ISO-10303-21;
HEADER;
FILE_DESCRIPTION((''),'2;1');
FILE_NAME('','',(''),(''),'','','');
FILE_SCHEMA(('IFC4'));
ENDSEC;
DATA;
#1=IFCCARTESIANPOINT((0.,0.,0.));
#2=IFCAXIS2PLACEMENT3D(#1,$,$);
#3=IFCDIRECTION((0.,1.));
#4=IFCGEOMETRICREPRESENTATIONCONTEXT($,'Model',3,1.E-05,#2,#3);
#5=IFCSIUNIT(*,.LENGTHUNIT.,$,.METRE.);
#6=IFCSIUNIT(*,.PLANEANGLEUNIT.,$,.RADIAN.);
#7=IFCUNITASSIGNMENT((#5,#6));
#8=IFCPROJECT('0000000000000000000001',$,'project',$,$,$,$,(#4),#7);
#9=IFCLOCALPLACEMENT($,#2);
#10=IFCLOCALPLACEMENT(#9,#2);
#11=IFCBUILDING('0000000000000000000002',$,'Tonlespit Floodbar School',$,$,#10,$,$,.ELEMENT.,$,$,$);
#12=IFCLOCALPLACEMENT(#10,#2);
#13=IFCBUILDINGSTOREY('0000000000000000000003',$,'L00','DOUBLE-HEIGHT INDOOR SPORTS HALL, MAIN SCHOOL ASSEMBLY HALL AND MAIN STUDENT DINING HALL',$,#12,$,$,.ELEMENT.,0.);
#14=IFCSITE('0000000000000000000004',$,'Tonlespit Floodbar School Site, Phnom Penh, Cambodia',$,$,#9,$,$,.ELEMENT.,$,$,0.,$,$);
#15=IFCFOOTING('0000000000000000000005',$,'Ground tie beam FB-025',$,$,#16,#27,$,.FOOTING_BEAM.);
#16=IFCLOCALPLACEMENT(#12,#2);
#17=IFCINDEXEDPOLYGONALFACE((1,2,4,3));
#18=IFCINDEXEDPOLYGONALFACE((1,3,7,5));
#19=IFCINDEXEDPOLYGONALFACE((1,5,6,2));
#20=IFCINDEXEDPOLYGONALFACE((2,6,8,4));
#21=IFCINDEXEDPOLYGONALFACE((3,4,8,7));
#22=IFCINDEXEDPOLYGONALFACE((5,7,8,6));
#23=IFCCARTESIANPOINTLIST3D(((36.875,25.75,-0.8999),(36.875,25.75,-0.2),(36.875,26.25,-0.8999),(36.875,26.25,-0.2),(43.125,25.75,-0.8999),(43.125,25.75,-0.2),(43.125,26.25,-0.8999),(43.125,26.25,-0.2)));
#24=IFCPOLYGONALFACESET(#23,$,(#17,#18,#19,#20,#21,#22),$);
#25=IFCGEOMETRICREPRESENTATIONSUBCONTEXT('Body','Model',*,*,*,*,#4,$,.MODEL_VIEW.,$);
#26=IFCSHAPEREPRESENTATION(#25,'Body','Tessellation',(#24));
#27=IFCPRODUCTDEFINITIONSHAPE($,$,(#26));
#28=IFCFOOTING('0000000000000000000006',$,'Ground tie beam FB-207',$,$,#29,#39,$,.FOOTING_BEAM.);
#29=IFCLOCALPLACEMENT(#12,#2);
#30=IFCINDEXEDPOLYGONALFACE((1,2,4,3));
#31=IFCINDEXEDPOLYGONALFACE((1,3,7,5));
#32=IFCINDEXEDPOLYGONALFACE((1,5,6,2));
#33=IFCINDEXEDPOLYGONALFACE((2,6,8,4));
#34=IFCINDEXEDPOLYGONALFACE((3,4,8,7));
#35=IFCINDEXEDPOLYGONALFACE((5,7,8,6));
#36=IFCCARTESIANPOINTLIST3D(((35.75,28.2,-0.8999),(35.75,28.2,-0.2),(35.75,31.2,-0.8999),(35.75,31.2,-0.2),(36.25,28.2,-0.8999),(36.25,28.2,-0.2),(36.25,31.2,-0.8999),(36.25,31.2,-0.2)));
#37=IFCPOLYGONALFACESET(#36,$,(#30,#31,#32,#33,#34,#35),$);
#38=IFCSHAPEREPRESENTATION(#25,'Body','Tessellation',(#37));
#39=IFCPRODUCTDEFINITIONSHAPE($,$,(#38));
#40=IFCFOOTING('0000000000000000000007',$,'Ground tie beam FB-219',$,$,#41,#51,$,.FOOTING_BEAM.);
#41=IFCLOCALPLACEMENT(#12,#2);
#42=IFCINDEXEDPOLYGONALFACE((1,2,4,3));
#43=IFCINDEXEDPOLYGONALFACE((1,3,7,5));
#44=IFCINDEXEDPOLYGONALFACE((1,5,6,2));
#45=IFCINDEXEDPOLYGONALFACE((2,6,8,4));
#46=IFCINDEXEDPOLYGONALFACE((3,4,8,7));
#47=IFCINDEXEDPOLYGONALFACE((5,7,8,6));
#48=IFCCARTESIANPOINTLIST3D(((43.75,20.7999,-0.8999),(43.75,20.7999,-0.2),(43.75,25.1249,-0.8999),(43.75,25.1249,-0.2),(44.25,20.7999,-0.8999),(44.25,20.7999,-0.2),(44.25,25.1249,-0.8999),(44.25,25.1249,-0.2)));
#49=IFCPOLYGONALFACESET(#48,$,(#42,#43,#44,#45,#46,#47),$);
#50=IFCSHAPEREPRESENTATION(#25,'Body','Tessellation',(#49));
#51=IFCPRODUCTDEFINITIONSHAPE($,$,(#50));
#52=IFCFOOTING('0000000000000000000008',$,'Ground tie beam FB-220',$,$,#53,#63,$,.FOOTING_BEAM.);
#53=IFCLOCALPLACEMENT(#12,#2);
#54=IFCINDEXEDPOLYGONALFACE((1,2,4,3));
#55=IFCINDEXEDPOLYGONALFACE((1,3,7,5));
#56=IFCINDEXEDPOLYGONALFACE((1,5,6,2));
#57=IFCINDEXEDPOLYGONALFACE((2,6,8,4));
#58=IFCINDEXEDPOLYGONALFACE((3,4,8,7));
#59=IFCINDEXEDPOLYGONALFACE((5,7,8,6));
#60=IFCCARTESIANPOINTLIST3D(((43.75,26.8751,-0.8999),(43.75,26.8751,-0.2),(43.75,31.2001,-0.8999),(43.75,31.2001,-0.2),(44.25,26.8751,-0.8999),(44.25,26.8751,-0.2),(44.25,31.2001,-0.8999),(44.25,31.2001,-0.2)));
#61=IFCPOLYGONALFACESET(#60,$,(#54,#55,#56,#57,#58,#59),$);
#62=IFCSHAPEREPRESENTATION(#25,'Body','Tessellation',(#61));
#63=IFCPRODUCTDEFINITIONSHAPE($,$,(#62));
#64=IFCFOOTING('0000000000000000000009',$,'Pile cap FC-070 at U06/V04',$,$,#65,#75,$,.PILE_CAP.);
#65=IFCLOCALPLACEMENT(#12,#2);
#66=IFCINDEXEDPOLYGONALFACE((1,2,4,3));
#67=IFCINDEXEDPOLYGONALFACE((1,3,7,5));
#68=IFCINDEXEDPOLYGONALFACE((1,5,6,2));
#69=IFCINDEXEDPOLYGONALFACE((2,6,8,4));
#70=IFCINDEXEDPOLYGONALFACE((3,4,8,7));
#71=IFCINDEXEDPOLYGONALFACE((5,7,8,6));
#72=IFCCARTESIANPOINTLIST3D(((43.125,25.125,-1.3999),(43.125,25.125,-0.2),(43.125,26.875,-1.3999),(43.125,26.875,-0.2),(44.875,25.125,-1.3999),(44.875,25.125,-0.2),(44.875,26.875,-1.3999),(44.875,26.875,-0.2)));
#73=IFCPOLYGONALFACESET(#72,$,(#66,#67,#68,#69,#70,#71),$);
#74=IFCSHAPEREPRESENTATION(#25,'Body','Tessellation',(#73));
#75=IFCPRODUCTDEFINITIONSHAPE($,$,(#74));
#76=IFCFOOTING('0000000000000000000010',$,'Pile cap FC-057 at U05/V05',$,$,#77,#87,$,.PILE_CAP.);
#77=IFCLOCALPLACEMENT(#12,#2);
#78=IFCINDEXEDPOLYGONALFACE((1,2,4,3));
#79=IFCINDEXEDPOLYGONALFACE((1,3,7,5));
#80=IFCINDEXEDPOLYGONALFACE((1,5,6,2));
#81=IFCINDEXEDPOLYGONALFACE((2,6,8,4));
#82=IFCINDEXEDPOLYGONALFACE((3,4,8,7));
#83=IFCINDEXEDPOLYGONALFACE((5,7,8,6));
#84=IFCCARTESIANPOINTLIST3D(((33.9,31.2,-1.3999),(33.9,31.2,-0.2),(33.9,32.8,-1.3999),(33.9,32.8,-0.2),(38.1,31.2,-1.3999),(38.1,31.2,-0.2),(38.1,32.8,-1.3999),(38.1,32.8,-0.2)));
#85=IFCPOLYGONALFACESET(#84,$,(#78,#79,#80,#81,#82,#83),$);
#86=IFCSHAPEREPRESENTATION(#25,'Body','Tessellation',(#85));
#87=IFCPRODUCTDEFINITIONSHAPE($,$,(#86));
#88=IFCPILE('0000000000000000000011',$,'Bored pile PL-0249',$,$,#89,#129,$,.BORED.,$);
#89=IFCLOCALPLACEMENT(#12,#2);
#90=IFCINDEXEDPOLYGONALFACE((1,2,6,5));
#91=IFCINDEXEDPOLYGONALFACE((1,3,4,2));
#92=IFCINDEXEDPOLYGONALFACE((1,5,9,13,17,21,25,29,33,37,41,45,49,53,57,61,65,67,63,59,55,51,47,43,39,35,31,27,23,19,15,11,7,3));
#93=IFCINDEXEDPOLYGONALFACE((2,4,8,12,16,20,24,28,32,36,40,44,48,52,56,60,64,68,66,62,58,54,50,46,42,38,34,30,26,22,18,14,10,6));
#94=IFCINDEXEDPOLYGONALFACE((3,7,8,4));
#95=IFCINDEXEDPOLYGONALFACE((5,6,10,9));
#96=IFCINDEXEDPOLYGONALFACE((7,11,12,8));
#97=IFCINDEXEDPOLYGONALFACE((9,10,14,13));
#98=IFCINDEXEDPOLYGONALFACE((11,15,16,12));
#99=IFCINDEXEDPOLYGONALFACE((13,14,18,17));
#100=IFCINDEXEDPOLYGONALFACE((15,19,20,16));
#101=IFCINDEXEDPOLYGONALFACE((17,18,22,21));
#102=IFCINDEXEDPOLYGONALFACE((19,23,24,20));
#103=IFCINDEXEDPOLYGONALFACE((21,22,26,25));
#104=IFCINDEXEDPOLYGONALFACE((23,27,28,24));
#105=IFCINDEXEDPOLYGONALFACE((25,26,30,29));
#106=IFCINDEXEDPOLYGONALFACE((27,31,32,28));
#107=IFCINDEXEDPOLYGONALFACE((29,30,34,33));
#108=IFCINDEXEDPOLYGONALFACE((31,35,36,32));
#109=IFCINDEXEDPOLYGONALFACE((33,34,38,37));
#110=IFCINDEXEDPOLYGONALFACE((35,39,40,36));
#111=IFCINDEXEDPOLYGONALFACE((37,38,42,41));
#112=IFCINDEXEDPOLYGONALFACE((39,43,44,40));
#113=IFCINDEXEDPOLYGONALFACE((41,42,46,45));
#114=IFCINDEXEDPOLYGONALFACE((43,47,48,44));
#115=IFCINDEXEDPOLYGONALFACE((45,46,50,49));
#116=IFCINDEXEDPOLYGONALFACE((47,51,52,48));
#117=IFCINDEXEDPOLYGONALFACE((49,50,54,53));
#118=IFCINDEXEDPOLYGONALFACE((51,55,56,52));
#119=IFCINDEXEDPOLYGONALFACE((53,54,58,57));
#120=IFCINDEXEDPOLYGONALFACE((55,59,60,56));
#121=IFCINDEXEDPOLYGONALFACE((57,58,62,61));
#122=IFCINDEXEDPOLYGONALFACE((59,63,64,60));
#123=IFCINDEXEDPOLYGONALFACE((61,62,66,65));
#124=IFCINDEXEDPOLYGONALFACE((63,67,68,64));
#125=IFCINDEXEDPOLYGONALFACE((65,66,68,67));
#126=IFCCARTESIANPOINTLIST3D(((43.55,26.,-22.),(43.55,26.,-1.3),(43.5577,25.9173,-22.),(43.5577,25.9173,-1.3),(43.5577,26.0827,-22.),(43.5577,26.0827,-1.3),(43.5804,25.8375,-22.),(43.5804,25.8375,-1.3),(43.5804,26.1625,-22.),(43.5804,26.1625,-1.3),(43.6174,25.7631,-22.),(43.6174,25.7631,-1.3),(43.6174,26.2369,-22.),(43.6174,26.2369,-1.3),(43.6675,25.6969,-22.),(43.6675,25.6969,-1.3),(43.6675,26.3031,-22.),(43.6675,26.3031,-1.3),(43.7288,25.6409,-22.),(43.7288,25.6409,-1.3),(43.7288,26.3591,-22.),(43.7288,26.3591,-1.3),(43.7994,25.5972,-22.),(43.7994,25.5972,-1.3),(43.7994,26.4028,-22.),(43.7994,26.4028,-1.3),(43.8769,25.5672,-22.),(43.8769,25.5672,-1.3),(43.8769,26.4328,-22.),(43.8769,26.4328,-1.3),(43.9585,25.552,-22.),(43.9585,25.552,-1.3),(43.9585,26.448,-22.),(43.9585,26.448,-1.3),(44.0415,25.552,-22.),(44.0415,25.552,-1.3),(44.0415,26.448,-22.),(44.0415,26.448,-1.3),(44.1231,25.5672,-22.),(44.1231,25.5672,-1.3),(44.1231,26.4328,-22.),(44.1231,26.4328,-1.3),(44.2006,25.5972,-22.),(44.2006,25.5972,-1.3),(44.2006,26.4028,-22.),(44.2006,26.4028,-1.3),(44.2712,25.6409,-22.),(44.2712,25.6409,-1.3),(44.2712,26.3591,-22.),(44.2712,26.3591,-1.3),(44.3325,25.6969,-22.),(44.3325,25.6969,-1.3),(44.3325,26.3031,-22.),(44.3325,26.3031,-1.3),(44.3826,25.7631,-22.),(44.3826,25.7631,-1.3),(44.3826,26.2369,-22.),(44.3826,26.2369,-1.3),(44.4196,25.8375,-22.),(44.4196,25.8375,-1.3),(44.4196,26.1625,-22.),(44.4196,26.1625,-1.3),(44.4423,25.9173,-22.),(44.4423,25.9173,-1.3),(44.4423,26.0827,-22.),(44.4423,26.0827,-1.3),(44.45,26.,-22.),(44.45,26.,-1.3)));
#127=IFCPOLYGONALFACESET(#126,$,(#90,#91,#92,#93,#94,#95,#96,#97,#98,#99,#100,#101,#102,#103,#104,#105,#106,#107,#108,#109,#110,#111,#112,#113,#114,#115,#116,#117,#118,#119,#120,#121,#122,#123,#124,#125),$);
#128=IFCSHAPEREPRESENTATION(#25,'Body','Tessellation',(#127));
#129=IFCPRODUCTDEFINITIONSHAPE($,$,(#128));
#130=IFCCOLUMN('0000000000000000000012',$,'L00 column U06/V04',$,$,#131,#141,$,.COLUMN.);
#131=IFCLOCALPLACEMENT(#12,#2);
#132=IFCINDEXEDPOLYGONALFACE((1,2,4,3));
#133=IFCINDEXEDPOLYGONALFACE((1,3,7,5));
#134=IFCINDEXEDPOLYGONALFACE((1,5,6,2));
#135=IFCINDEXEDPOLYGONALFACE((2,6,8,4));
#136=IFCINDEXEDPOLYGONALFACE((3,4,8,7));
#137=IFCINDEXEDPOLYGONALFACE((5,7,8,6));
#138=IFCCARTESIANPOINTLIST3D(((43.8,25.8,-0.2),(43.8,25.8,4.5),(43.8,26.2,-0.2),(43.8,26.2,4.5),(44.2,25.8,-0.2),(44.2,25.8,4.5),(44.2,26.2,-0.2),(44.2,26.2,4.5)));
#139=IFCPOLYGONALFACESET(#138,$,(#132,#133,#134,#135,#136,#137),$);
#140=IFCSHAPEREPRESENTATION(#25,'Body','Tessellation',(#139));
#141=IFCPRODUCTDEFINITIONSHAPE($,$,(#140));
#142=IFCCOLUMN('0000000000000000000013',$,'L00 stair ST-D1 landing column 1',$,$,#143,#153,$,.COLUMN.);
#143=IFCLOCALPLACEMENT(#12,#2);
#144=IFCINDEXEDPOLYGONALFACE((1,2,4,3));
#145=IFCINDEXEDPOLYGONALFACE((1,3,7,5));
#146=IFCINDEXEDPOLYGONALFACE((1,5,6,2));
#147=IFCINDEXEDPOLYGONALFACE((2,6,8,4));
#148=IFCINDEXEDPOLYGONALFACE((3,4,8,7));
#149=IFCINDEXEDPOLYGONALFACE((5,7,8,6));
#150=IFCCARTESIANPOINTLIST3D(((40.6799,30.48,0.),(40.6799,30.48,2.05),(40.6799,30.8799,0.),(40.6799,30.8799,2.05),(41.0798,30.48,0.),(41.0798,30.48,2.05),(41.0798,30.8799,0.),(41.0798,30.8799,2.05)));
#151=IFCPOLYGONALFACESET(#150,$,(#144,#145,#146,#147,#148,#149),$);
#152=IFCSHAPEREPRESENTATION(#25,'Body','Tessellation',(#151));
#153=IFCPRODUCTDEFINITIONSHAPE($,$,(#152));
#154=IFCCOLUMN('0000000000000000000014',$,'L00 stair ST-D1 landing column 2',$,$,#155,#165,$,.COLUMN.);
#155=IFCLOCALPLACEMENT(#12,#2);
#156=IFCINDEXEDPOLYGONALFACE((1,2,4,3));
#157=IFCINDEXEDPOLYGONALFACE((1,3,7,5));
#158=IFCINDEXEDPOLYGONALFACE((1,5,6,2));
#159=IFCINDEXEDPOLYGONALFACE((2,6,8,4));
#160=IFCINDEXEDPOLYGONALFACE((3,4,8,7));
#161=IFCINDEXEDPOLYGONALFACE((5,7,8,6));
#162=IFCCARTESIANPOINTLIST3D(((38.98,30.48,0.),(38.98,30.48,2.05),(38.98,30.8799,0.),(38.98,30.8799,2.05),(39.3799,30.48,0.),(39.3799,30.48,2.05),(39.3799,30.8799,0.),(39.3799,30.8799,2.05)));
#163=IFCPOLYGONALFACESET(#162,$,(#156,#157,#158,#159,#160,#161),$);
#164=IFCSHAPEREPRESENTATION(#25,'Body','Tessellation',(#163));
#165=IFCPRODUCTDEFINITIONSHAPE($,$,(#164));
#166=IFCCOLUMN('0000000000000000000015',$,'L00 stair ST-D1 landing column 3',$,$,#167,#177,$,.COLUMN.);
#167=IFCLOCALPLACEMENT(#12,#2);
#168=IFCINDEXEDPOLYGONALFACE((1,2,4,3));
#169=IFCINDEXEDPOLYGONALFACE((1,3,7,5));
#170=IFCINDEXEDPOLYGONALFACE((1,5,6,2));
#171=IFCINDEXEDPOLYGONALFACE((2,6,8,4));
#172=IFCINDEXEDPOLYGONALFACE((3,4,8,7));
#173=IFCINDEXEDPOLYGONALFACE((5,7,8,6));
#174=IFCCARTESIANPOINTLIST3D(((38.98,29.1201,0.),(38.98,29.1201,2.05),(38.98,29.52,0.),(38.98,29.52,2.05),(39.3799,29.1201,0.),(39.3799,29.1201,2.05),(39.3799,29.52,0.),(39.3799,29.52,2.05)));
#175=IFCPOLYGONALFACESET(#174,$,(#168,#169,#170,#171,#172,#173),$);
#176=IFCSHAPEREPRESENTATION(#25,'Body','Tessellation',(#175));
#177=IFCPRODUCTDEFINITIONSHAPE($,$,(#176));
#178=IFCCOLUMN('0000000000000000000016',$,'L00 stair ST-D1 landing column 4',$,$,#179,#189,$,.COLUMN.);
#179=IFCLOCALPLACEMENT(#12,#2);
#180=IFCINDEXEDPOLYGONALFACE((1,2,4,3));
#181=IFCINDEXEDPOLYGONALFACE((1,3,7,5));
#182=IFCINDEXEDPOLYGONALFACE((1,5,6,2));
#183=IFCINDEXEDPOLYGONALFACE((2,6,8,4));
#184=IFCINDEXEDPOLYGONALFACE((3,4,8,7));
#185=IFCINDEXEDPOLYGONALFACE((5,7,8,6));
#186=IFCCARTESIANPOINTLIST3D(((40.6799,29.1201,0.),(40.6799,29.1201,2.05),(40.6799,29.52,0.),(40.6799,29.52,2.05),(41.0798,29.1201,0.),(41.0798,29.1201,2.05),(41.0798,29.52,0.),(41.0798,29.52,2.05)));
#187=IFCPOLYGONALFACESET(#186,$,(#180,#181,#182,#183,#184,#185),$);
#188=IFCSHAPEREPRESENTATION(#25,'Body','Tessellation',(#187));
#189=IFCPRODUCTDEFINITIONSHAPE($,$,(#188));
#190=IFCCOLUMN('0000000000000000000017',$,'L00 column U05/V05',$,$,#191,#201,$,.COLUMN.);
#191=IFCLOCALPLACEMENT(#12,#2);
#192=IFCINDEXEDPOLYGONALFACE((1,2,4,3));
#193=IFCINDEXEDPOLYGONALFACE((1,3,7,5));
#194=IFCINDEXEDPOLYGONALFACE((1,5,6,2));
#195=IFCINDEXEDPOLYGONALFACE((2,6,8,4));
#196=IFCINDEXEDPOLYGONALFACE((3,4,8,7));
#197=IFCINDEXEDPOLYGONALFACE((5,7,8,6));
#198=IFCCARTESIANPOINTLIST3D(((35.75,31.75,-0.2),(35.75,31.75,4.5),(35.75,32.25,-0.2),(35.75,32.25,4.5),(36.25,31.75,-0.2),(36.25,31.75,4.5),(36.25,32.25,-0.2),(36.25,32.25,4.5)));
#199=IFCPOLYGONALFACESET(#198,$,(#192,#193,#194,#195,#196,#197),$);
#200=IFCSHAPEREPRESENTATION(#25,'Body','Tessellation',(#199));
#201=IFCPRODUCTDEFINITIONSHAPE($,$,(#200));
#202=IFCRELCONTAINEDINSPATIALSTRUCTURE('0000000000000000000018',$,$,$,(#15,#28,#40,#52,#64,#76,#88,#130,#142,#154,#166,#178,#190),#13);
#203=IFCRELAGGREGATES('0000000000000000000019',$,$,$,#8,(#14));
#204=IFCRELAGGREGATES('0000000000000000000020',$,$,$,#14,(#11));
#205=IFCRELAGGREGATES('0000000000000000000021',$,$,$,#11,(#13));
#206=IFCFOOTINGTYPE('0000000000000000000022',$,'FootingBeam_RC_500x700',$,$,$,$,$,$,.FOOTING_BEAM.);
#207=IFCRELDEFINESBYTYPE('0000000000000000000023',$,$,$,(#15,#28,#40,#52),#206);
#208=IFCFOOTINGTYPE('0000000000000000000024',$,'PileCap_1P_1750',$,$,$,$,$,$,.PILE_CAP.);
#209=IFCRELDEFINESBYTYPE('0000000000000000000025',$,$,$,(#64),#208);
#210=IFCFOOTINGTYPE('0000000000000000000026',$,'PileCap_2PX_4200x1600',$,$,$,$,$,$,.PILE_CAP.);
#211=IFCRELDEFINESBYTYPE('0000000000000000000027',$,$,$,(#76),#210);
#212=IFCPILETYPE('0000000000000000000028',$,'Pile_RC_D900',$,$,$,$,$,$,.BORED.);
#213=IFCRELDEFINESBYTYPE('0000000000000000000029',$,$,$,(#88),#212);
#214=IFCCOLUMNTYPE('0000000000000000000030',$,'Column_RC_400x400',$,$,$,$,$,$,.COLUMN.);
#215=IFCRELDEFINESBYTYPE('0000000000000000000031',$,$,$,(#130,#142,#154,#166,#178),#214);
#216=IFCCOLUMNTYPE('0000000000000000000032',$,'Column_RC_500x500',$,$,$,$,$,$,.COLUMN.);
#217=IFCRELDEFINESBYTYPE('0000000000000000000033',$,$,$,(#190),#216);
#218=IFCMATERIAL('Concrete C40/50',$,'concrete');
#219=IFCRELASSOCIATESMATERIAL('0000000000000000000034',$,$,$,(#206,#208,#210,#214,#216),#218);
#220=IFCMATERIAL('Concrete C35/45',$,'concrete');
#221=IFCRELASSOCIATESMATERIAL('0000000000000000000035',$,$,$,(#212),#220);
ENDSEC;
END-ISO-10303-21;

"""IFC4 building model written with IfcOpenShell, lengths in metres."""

from ifc_helpers import new_model, si_unit, direction, frame, origin, origin_2d, place, context, subcontext, project, spatial, rectangle, circle, extrude, material, material_profile, profile_set, type_object, element, save


model = new_model("IFC4")

# Units and contexts
model_context = context("Model", 3, precision=1e-05, world=origin(), true_north=direction((0.0, 1.0)))
body_context = subcontext(model_context, "Body", "Model", "MODEL_VIEW")
ifc_project = project(units=[si_unit("LENGTHUNIT", "METRE"), si_unit("PLANEANGLEUNIT", "RADIAN")], contexts=[model_context])

# Site, building, storey
site_placement = place(None, origin())
site = spatial("IfcSite", under=ifc_project, at=site_placement, Name="Tonlespit Floodbar School Site, Phnom Penh, Cambodia", CompositionType="ELEMENT", RefElevation=0.0)
building_placement = place(site_placement, origin())
building = spatial("IfcBuilding", under=site, at=building_placement, Name="Tonlespit Floodbar School", CompositionType="ELEMENT")
storey_placement = place(building_placement, origin())
storey = spatial("IfcBuildingStorey", under=building, at=storey_placement, Name="L00", Description="DOUBLE-HEIGHT INDOOR SPORTS HALL, MAIN SCHOOL ASSEMBLY HALL AND MAIN STUDENT DINING HALL", CompositionType="ELEMENT", Elevation=0.0)

# Footings
ifc_material_1 = material(Name="Concrete C40/50", Category="concrete")
footing_type_1 = type_object("IfcFootingType", Name="FootingBeam_RC_500x700", PredefinedType="FOOTING_BEAM", material=ifc_material_1)
footing_1_placement = place(storey_placement, frame((40.0, 26.0, -0.8999), z_axis=(0.0, 0.0, 1.0), x_axis=(1.0, 0.0, 0.0)))
element("IfcFooting", 1, at=footing_1_placement, inside=storey, type_object=footing_type_1, Name="Ground tie beam FB-025", PredefinedType="FOOTING_BEAM", context=body_context, shape_type="SweptSolid", body=[
    extrude(rectangle(XDim=6.25, YDim=0.5, at=origin_2d()), origin(), (0.0, 0.0, 1.0), 0.7),
])
footing_2_placement = place(storey_placement, frame((36.0, 29.7, -0.8999), z_axis=(0.0, 0.0, 1.0), x_axis=(0.0, 1.0, 0.0)))
element("IfcFooting", 2, at=footing_2_placement, inside=storey, type_object=footing_type_1, Name="Ground tie beam FB-207", PredefinedType="FOOTING_BEAM", context=body_context, shape_type="SweptSolid", body=[
    extrude(rectangle(XDim=3.0, YDim=0.5, at=origin_2d()), origin(), (0.0, 0.0, 1.0), 0.7),
])
for number, where, z_axis, x_axis, name in (
    (3, (44.0, 22.9624, -0.8999), (0.0, 0.0, 1.0), (0.0, 1.0, 0.0), "Ground tie beam FB-219"),
    (4, (44.0, 29.0376, -0.8999), (0.0, 0.0, 1.0), (0.0, 1.0, 0.0), "Ground tie beam FB-220"),
):
    element("IfcFooting", number, at=place(storey_placement, frame(where, z_axis=z_axis, x_axis=x_axis)), inside=storey, type_object=footing_type_1, Name=name, PredefinedType="FOOTING_BEAM", context=body_context, shape_type="SweptSolid", body=[
        extrude(rectangle(XDim=4.325, YDim=0.5, at=origin_2d()), origin(), (0.0, 0.0, 1.0), 0.7),
    ])
footing_type_2 = type_object("IfcFootingType", Name="PileCap_1P_1750", PredefinedType="PILE_CAP", material=ifc_material_1)
footing_3_placement = place(storey_placement, frame((44.0, 26.0, -1.3999), z_axis=(0.0, 0.0, 1.0), x_axis=(1.0, 0.0, 0.0)))
element("IfcFooting", 5, at=footing_3_placement, inside=storey, type_object=footing_type_2, Name="Pile cap FC-070 at U06/V04", PredefinedType="PILE_CAP", context=body_context, shape_type="SweptSolid", body=[
    extrude(rectangle(XDim=1.75, YDim=1.75, at=origin_2d()), origin(), (0.0, 0.0, 1.0), 1.2),
])
footing_type_3 = type_object("IfcFootingType", Name="PileCap_2PX_4200x1600", PredefinedType="PILE_CAP", material=ifc_material_1)
footing_4_placement = place(storey_placement, frame((36.0, 32.0, -1.3999), z_axis=(0.0, 0.0, 1.0), x_axis=(1.0, 0.0, 0.0)))
element("IfcFooting", 6, at=footing_4_placement, inside=storey, type_object=footing_type_3, Name="Pile cap FC-057 at U05/V05", PredefinedType="PILE_CAP", context=body_context, shape_type="SweptSolid", body=[
    extrude(rectangle(XDim=4.2, YDim=1.6001, at=origin_2d()), origin(), (0.0, 0.0, 1.0), 1.2),
])

# Pile
ifc_material_2 = material(Name="Concrete C35/45", Category="concrete")
ifc_material_profile_1 = material_profile(ifc_material_2, circle(Radius=0.45, at=origin_2d()), Name="BP D900")
ifc_profile_set_1 = profile_set([ifc_material_profile_1], Name="Concrete C35/45")
pile_type = type_object("IfcPileType", Name="Pile_RC_D900", PredefinedType="BORED", material=ifc_profile_set_1)
pile_placement = place(storey_placement, frame((44.0, 26.0, -1.3), z_axis=(0.0, 0.0, -1.0), x_axis=(1.0, 0.0, 0.0)))
element("IfcPile", 7, at=pile_placement, inside=storey, type_object=pile_type, Name="Bored pile PL-0249", PredefinedType="BORED", context=body_context, shape_type="SweptSolid", body=[
    extrude(circle(Radius=0.45, at=origin_2d()), origin(), (0.0, 0.0, 1.0), 20.7),
])

# Columns
ifc_material_profile_2 = material_profile(ifc_material_1, rectangle(XDim=0.3999, YDim=0.3999, at=origin_2d()), Name="RC 400x400")
ifc_profile_set_2 = profile_set([ifc_material_profile_2], Name="Concrete C40/50")
column_type_1 = type_object("IfcColumnType", Name="Column_RC_400x400", PredefinedType="COLUMN", material=ifc_profile_set_2)
column_1_placement = place(storey_placement, frame((44.0, 26.0, -0.2), z_axis=(0.0, 0.0, 1.0), x_axis=(1.0, 0.0, 0.0)))
element("IfcColumn", 8, at=column_1_placement, inside=storey, type_object=column_type_1, Name="L00 column U06/V04", PredefinedType="COLUMN", context=body_context, shape_type="SweptSolid", body=[
    extrude(rectangle(XDim=0.3999, YDim=0.3999, at=origin_2d()), origin(), (0.0, 0.0, 1.0), 4.7),
])
for number, where, z_axis, x_axis, name in (
    (9, (40.8799, 30.6799, 0.0), (0.0, 0.0, 1.0), (1.0, 0.0, 0.0), "L00 stair ST-D1 landing column 1"),
    (10, (39.1799, 30.6799, 0.0), (0.0, 0.0, 1.0), (1.0, 0.0, 0.0), "L00 stair ST-D1 landing column 2"),
    (11, (39.1799, 29.3201, 0.0), (0.0, 0.0, 1.0), (1.0, 0.0, 0.0), "L00 stair ST-D1 landing column 3"),
    (12, (40.8799, 29.3201, 0.0), (0.0, 0.0, 1.0), (1.0, 0.0, 0.0), "L00 stair ST-D1 landing column 4"),
):
    element("IfcColumn", number, at=place(storey_placement, frame(where, z_axis=z_axis, x_axis=x_axis)), inside=storey, type_object=column_type_1, Name=name, PredefinedType="COLUMN", context=body_context, shape_type="SweptSolid", body=[
        extrude(rectangle(XDim=0.3999, YDim=0.3999, at=origin_2d()), origin(), (0.0, 0.0, 1.0), 2.05),
    ])
ifc_material_profile_3 = material_profile(ifc_material_1, rectangle(XDim=0.5, YDim=0.5, at=origin_2d()), Name="RC 500x500")
ifc_profile_set_3 = profile_set([ifc_material_profile_3], Name="Concrete C40/50")
column_type_2 = type_object("IfcColumnType", Name="Column_RC_500x500", PredefinedType="COLUMN", material=ifc_profile_set_3)
column_2_placement = place(storey_placement, frame((36.0, 32.0, -0.2), z_axis=(0.0, 0.0, 1.0), x_axis=(1.0, 0.0, 0.0)))
element("IfcColumn", 13, at=column_2_placement, inside=storey, type_object=column_type_2, Name="L00 column U05/V05", PredefinedType="COLUMN", context=body_context, shape_type="SweptSolid", body=[
    extrude(rectangle(XDim=0.5, YDim=0.5, at=origin_2d()), origin(), (0.0, 0.0, 1.0), 4.7),
])

save(model, "model.ifc")
